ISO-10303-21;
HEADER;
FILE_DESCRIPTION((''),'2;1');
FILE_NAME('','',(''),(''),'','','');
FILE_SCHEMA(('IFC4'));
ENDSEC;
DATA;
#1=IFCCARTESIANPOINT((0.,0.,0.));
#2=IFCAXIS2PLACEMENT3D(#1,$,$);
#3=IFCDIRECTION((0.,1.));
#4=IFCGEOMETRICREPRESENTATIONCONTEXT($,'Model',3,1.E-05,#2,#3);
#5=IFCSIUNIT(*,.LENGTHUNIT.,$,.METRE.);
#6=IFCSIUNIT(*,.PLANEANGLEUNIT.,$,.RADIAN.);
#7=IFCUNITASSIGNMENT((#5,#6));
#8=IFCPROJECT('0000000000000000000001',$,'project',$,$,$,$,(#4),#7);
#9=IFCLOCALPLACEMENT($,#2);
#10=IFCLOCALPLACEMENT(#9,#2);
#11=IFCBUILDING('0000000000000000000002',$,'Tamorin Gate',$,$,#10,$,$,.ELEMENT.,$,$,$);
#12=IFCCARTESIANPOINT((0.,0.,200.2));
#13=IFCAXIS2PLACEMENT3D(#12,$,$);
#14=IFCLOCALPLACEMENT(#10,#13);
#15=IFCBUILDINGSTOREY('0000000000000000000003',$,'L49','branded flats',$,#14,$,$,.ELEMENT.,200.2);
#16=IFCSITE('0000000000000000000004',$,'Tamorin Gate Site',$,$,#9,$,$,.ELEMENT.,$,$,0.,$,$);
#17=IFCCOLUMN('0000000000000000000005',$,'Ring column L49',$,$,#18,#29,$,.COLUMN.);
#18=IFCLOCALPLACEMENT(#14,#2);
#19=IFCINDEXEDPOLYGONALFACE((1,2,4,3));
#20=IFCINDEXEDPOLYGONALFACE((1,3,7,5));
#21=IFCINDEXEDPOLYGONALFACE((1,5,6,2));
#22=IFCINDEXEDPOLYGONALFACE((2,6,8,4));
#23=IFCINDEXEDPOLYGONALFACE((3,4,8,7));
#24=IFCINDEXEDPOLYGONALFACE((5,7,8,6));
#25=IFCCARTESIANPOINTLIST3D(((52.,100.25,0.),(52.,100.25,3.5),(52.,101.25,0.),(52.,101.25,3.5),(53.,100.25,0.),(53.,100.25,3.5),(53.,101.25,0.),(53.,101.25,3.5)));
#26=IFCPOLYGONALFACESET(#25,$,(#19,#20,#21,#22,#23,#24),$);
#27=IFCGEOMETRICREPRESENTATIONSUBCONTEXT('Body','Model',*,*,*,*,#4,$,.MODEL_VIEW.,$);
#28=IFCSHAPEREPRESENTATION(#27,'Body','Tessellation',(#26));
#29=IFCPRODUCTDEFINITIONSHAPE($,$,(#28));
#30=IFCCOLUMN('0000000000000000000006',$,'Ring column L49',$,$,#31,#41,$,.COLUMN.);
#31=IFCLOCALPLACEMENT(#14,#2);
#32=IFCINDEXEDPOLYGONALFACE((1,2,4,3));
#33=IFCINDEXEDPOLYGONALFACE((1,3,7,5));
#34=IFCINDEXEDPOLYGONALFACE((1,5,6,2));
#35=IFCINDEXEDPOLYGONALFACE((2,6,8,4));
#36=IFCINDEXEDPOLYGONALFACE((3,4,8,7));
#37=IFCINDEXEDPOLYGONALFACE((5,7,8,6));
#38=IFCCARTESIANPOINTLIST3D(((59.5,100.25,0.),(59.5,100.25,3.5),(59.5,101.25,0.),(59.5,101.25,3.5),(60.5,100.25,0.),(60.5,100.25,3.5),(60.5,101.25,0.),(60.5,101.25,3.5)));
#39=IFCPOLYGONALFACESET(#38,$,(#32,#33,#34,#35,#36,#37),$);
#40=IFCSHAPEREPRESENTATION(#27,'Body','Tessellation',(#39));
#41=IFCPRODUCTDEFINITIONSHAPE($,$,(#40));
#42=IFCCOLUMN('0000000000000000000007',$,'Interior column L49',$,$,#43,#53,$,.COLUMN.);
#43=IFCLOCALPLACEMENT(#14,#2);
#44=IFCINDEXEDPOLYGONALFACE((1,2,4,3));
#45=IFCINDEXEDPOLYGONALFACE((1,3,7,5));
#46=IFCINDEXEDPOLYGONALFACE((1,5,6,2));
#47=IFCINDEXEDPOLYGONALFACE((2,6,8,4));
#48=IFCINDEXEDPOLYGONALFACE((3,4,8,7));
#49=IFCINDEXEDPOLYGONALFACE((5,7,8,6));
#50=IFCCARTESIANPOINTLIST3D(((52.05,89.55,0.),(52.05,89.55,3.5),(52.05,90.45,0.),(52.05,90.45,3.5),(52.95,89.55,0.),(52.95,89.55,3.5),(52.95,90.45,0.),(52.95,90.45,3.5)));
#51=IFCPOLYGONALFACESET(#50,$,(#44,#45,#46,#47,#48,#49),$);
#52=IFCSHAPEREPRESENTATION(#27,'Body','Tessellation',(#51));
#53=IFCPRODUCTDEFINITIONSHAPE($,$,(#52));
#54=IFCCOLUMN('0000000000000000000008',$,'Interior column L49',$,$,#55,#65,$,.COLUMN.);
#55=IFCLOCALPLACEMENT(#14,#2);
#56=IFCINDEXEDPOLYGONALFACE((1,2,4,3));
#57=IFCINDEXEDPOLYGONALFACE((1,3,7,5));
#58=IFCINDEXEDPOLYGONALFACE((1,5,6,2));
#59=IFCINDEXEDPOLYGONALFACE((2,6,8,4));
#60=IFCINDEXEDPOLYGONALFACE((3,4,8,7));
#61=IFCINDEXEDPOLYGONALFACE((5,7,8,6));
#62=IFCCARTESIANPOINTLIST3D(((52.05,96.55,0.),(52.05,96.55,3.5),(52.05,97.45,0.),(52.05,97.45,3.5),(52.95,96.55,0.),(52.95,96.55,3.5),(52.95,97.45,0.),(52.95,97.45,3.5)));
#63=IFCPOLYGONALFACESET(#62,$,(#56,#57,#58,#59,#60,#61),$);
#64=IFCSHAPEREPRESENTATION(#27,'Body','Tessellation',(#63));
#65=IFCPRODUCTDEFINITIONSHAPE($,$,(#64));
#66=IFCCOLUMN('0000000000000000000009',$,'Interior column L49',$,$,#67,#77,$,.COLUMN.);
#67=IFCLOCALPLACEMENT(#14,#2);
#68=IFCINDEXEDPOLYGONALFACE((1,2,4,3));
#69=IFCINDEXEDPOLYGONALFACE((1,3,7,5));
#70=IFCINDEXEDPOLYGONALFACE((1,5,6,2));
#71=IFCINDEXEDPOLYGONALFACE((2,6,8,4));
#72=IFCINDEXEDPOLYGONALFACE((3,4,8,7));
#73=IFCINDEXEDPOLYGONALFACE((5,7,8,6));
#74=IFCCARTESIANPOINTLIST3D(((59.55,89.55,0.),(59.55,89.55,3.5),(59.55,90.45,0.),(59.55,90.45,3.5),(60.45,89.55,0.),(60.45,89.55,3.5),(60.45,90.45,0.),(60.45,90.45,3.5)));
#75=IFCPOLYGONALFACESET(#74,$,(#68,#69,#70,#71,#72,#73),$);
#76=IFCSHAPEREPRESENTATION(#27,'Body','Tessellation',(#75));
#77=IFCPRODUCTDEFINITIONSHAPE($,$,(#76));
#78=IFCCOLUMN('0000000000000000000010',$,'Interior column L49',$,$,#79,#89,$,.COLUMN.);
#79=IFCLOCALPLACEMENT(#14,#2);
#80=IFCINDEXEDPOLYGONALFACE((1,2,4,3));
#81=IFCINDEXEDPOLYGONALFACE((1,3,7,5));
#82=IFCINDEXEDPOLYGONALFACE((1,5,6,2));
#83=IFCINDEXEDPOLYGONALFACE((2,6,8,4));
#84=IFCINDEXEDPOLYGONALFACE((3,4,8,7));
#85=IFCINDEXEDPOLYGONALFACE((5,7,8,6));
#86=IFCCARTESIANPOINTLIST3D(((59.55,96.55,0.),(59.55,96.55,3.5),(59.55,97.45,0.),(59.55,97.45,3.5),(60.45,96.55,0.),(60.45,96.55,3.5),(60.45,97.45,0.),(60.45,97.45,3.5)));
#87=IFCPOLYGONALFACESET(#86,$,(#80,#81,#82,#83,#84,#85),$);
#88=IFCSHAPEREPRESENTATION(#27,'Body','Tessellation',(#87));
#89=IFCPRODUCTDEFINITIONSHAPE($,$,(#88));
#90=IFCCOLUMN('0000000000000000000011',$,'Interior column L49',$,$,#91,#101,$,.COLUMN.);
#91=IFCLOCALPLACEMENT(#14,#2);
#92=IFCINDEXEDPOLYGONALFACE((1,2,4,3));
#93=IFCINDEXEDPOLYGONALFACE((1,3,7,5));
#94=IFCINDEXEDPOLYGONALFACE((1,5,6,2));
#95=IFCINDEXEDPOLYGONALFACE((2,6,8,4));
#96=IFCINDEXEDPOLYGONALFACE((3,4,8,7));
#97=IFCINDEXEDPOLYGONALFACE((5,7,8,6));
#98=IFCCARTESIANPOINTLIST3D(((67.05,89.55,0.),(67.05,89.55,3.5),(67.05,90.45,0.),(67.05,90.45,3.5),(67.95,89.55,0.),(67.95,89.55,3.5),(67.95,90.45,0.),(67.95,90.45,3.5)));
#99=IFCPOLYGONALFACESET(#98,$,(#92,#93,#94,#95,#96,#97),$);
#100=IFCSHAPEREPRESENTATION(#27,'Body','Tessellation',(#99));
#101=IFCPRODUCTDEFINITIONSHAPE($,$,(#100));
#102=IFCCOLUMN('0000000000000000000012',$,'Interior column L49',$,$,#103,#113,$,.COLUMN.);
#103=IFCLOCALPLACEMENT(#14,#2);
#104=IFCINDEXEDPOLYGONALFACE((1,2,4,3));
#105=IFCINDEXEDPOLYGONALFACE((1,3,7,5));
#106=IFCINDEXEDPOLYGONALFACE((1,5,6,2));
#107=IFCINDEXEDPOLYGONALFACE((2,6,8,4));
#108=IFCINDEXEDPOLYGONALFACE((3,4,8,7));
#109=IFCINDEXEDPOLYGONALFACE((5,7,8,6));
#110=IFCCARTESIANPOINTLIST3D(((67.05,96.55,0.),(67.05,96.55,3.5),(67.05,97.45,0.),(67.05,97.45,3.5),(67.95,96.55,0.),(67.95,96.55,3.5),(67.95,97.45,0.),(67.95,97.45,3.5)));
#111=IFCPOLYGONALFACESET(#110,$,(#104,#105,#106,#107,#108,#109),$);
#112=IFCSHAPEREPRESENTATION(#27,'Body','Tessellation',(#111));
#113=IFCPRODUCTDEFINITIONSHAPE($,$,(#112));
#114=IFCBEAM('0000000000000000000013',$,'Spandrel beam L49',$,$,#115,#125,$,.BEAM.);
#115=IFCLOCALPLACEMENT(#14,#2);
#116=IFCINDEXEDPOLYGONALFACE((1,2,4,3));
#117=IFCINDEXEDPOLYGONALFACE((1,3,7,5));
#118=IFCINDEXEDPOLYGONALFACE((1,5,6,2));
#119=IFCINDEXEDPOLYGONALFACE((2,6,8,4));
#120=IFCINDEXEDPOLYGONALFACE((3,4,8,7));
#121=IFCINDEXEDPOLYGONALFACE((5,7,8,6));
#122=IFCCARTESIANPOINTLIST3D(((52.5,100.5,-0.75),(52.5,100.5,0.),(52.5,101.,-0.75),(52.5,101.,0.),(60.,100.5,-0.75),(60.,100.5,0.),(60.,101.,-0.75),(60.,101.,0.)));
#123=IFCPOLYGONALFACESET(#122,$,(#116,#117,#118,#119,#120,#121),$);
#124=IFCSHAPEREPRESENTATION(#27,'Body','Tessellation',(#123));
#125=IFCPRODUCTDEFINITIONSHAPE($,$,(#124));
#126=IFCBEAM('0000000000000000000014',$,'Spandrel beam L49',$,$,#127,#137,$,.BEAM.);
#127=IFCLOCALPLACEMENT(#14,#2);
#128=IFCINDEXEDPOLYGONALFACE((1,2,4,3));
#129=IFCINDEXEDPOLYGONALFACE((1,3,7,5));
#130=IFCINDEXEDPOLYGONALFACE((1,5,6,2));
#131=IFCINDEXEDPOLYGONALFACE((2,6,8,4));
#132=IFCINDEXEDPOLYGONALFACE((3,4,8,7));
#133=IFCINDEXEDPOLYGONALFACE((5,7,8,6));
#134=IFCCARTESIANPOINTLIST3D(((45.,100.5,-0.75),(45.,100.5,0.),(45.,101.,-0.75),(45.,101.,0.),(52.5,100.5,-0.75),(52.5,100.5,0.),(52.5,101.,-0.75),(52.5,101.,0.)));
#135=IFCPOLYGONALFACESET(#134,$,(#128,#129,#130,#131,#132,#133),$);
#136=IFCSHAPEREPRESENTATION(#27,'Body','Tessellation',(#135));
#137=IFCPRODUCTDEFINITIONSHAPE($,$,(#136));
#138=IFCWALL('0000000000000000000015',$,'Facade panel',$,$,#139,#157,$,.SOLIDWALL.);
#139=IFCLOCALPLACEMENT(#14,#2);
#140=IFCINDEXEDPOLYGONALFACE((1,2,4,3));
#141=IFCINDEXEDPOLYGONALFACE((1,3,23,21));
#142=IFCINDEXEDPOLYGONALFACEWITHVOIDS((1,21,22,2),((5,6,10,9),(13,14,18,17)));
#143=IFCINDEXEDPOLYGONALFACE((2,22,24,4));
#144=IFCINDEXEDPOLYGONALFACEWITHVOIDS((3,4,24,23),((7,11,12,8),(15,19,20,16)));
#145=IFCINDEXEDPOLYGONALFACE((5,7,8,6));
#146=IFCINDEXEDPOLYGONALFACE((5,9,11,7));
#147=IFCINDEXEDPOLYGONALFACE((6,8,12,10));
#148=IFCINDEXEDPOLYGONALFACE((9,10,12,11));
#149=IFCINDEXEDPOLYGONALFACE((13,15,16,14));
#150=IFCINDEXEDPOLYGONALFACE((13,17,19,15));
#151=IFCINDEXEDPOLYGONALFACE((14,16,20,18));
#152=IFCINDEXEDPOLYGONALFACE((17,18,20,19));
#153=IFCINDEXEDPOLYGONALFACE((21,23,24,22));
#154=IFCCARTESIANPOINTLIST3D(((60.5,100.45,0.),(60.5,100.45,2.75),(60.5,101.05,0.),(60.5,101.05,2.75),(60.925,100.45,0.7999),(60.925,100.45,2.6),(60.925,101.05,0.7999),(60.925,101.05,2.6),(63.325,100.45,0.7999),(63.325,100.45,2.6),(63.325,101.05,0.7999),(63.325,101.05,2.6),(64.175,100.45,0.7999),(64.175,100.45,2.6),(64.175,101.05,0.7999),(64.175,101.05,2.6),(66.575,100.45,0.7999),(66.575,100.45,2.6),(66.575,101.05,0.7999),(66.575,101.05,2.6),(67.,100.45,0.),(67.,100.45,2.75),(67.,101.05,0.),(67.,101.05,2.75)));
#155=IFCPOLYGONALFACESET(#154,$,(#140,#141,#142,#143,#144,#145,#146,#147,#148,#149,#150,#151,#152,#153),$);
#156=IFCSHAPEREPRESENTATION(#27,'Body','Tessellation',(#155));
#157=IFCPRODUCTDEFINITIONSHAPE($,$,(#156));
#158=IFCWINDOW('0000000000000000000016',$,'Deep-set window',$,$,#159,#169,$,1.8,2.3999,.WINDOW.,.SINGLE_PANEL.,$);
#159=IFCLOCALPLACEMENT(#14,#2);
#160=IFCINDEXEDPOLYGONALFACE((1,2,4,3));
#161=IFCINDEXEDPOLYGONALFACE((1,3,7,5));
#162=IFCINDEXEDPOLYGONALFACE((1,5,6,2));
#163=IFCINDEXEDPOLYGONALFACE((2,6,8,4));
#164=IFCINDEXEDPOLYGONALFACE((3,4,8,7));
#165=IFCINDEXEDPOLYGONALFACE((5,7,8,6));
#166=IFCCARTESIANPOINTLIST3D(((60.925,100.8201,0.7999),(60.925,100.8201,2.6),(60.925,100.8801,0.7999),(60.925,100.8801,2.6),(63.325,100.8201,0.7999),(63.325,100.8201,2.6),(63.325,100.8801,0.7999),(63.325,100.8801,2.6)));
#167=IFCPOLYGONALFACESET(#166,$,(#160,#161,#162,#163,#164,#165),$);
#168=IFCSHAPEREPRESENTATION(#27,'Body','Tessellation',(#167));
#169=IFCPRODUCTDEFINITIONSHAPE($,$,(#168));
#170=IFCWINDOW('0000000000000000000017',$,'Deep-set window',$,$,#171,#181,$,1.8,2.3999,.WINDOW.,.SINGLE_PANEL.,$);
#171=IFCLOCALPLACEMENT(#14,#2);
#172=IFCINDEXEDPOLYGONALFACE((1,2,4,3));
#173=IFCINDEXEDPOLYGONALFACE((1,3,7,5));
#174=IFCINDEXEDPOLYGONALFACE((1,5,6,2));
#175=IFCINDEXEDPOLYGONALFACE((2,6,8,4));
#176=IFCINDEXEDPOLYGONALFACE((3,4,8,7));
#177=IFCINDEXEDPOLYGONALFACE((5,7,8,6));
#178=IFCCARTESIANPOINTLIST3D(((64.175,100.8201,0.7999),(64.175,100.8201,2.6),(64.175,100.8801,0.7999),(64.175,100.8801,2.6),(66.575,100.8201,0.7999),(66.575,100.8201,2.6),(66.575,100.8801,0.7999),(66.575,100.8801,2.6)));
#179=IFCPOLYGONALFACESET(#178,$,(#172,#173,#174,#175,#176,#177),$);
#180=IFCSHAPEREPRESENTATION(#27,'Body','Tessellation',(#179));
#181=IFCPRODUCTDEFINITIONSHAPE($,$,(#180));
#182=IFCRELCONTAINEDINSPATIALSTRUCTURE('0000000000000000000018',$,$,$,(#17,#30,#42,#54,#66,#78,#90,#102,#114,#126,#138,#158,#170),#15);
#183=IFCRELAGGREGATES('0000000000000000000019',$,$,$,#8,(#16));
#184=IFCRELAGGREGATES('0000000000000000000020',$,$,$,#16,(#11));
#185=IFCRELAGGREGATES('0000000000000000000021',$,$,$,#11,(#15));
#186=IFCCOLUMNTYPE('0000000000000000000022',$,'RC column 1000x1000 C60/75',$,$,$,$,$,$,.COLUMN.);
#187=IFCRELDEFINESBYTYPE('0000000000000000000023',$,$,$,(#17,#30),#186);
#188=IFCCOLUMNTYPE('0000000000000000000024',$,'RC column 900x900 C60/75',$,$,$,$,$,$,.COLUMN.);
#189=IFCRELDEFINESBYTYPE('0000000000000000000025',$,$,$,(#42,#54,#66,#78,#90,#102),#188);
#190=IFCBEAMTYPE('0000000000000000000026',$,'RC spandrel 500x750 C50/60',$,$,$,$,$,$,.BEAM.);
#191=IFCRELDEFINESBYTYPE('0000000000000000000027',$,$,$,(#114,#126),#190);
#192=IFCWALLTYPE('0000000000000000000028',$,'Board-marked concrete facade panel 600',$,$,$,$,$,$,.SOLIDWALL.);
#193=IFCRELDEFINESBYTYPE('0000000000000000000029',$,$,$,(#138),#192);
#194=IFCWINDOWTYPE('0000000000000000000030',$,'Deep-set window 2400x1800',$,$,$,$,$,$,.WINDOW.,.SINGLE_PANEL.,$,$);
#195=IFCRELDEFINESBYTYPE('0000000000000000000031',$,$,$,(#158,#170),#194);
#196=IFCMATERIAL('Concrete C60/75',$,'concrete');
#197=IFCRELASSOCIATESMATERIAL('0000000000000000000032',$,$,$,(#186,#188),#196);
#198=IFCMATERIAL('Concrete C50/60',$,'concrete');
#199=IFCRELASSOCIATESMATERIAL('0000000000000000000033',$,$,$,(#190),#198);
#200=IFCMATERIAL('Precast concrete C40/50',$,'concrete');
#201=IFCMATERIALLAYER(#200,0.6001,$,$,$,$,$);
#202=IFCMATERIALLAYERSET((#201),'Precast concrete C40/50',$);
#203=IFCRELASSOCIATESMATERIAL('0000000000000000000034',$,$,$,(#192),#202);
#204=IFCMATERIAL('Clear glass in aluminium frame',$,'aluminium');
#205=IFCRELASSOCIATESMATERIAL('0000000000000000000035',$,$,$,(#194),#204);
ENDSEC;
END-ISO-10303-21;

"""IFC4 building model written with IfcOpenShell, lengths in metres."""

from ifc_helpers import new_model, si_unit, direction, frame, frame_2d, origin, origin_2d, place, context, subcontext, project, spatial, rectangle, extrude, material, layer, layer_set, material_profile, profile_set, type_object, element, fill, save


model = new_model("IFC4")

# Units and contexts
model_context = context("Model", 3, precision=1e-05, world=origin(), true_north=direction((0.0, 1.0)))
body_context = subcontext(model_context, "Body", "Model", "MODEL_VIEW")
ifc_project = project(units=[si_unit("LENGTHUNIT", "METRE"), si_unit("PLANEANGLEUNIT", "RADIAN")], contexts=[model_context])

# Site, building, storey
site_placement = place(None, origin())
site = spatial("IfcSite", under=ifc_project, at=site_placement, Name="Tamorin Gate Site", CompositionType="ELEMENT", RefElevation=0.0)
building_placement = place(site_placement, origin())
building = spatial("IfcBuilding", under=site, at=building_placement, Name="Tamorin Gate", CompositionType="ELEMENT")
storey_placement = place(building_placement, frame((0.0, 0.0, 200.2)))
storey = spatial("IfcBuildingStorey", under=building, at=storey_placement, Name="L49", Description="branded flats", CompositionType="ELEMENT", Elevation=200.2)

# Columns
ifc_material_1 = material(Name="Concrete C60/75", Category="concrete")
ifc_material_profile_1 = material_profile(ifc_material_1, rectangle(XDim=1.0, YDim=1.0, at=origin_2d()), Name="RC 1000x1000")
ifc_profile_set_1 = profile_set([ifc_material_profile_1], Name="Concrete C60/75")
column_type_1 = type_object("IfcColumnType", Name="RC column 1000x1000 C60/75", PredefinedType="COLUMN", material=ifc_profile_set_1)
for number, where, z_axis, x_axis, name in (
    (1, (52.5, 100.75, 0.0), (0.0, 0.0, 1.0), (1.0, 0.0, 0.0), "Ring column L49"),
    (2, (60.0, 100.75, 0.0), (0.0, 0.0, 1.0), (1.0, 0.0, 0.0), "Ring column L49"),
):
    element("IfcColumn", number, at=place(storey_placement, frame(where, z_axis=z_axis, x_axis=x_axis)), inside=storey, type_object=column_type_1, Name=name, PredefinedType="COLUMN", context=body_context, shape_type="SweptSolid", body=[
        extrude(rectangle(XDim=1.0, YDim=1.0, at=origin_2d()), origin(), (0.0, 0.0, 1.0), 3.5),
    ])
ifc_material_profile_2 = material_profile(ifc_material_1, rectangle(XDim=0.8999, YDim=0.8999, at=origin_2d()), Name="RC 900x900")
ifc_profile_set_2 = profile_set([ifc_material_profile_2], Name="Concrete C60/75")
column_type_2 = type_object("IfcColumnType", Name="RC column 900x900 C60/75", PredefinedType="COLUMN", material=ifc_profile_set_2)
for number, where, z_axis, x_axis, name in (
    (3, (52.5, 90.0, 0.0), (0.0, 0.0, 1.0), (1.0, 0.0, 0.0), "Interior column L49"),
    (4, (52.5, 97.0, 0.0), (0.0, 0.0, 1.0), (1.0, 0.0, 0.0), "Interior column L49"),
    (5, (60.0, 90.0, 0.0), (0.0, 0.0, 1.0), (1.0, 0.0, 0.0), "Interior column L49"),
    (6, (60.0, 97.0, 0.0), (0.0, 0.0, 1.0), (1.0, 0.0, 0.0), "Interior column L49"),
    (7, (67.5, 90.0, 0.0), (0.0, 0.0, 1.0), (1.0, 0.0, 0.0), "Interior column L49"),
    (8, (67.5, 97.0, 0.0), (0.0, 0.0, 1.0), (1.0, 0.0, 0.0), "Interior column L49"),
):
    element("IfcColumn", number, at=place(storey_placement, frame(where, z_axis=z_axis, x_axis=x_axis)), inside=storey, type_object=column_type_2, Name=name, PredefinedType="COLUMN", context=body_context, shape_type="SweptSolid", body=[
        extrude(rectangle(XDim=0.8999, YDim=0.8999, at=origin_2d()), origin(), (0.0, 0.0, 1.0), 3.5),
    ])

# Beams
ifc_material_2 = material(Name="Concrete C50/60", Category="concrete")
ifc_material_profile_3 = material_profile(ifc_material_2, rectangle(XDim=0.5, YDim=0.75, at=origin_2d()), Name="RC 500x750")
ifc_profile_set_3 = profile_set([ifc_material_profile_3], Name="Concrete C50/60")
beam_type = type_object("IfcBeamType", Name="RC spandrel 500x750 C50/60", PredefinedType="BEAM", material=ifc_profile_set_3)
for number, where, z_axis, x_axis, name in (
    (9, (60.0, 100.75, -0.375), (-1.0, 0.0, 0.0), (0.0, -1.0, 0.0), "Spandrel beam L49"),
    (10, (52.5, 100.75, -0.375), (-1.0, 0.0, 0.0), (0.0, -1.0, 0.0), "Spandrel beam L49"),
):
    element("IfcBeam", number, at=place(storey_placement, frame(where, z_axis=z_axis, x_axis=x_axis)), inside=storey, type_object=beam_type, Name=name, PredefinedType="BEAM", context=body_context, shape_type="SweptSolid", body=[
        extrude(rectangle(XDim=0.5, YDim=0.75, at=origin_2d()), origin(), (0.0, 0.0, 1.0), 7.5),
    ])

# Wall, openings, windows
ifc_material_3 = material(Name="Precast concrete C40/50", Category="concrete")
ifc_layer_1 = layer(ifc_material_3, 0.6001)
ifc_layer_set_1 = layer_set([ifc_layer_1], Name="Precast concrete C40/50")
wall_type_1 = type_object("IfcWallType", Name="Board-marked concrete facade panel 600", PredefinedType="SOLIDWALL", material=ifc_layer_set_1)
wall_1_placement = place(storey_placement, frame((67.0, 100.75, 0.0), z_axis=(0.0, 0.0, 1.0), x_axis=(-1.0, 0.0, 0.0)))
wall_1 = element("IfcWall", 11, at=wall_1_placement, inside=storey, type_object=wall_type_1, Name="Facade panel", PredefinedType="SOLIDWALL", context=body_context, shape_type="SweptSolid", body=[
    extrude(rectangle(XDim=6.5, YDim=0.6001, at=frame_2d((3.25, 0.0))), origin(), (0.0, 0.0, 1.0), 2.75),
])
opening_1_placement = place(wall_1_placement, frame((3.675, 0.0, 0.8)))
opening_1 = element("IfcOpeningElement", 12, at=opening_1_placement, cuts=wall_1, PredefinedType="OPENING", context=body_context, shape_type="SweptSolid", body=[
    extrude(rectangle(XDim=2.3999, YDim=1.8, at=frame_2d((1.2, 0.8999))), frame((0.0, 0.3101, 0.0), z_axis=(0.0, -1.0, 0.0), x_axis=(1.0, 0.0, 0.0)), (0.0, 0.0, 1.0), 0.6201),
])
opening_2_placement = place(wall_1_placement, frame((0.425, 0.0, 0.8)))
opening_2 = element("IfcOpeningElement", 13, at=opening_2_placement, cuts=wall_1, PredefinedType="OPENING", context=body_context, shape_type="SweptSolid", body=[
    extrude(rectangle(XDim=2.3999, YDim=1.8, at=frame_2d((1.2, 0.8999))), frame((0.0, 0.3101, 0.0), z_axis=(0.0, -1.0, 0.0), x_axis=(1.0, 0.0, 0.0)), (0.0, 0.0, 1.0), 0.6201),
])
ifc_material_4 = material(Name="Clear glass in aluminium frame", Category="aluminium")
window_type = type_object("IfcWindowType", Name="Deep-set window 2400x1800", PartitioningType="SINGLE_PANEL", PredefinedType="WINDOW", material=ifc_material_4)
window_1_placement = place(opening_1_placement, origin())
window_1 = element("IfcWindow", 14, at=window_1_placement, inside=storey, type_object=window_type, Name="Deep-set window", OverallHeight=1.8, OverallWidth=2.3999, PartitioningType="SINGLE_PANEL", PredefinedType="WINDOW", context=body_context, shape_type="SweptSolid", body=[
    extrude(rectangle(XDim=2.3999, YDim=1.8, at=frame_2d((1.2, 0.8999))), frame((0.0, -0.0701, 0.0), z_axis=(0.0, -1.0, 0.0), x_axis=(1.0, 0.0, 0.0)), (0.0, 0.0, 1.0), 0.0601),
])
fill(opening_1, window_1)
window_2_placement = place(opening_2_placement, origin())
window_2 = element("IfcWindow", 15, at=window_2_placement, inside=storey, type_object=window_type, Name="Deep-set window", OverallHeight=1.8, OverallWidth=2.3999, PartitioningType="SINGLE_PANEL", PredefinedType="WINDOW", context=body_context, shape_type="SweptSolid", body=[
    extrude(rectangle(XDim=2.3999, YDim=1.8, at=frame_2d((1.2, 0.8999))), frame((0.0, -0.0701, 0.0), z_axis=(0.0, -1.0, 0.0), x_axis=(1.0, 0.0, 0.0)), (0.0, 0.0, 1.0), 0.0601),
])
fill(opening_2, window_2)

save(model, "model.ifc")
